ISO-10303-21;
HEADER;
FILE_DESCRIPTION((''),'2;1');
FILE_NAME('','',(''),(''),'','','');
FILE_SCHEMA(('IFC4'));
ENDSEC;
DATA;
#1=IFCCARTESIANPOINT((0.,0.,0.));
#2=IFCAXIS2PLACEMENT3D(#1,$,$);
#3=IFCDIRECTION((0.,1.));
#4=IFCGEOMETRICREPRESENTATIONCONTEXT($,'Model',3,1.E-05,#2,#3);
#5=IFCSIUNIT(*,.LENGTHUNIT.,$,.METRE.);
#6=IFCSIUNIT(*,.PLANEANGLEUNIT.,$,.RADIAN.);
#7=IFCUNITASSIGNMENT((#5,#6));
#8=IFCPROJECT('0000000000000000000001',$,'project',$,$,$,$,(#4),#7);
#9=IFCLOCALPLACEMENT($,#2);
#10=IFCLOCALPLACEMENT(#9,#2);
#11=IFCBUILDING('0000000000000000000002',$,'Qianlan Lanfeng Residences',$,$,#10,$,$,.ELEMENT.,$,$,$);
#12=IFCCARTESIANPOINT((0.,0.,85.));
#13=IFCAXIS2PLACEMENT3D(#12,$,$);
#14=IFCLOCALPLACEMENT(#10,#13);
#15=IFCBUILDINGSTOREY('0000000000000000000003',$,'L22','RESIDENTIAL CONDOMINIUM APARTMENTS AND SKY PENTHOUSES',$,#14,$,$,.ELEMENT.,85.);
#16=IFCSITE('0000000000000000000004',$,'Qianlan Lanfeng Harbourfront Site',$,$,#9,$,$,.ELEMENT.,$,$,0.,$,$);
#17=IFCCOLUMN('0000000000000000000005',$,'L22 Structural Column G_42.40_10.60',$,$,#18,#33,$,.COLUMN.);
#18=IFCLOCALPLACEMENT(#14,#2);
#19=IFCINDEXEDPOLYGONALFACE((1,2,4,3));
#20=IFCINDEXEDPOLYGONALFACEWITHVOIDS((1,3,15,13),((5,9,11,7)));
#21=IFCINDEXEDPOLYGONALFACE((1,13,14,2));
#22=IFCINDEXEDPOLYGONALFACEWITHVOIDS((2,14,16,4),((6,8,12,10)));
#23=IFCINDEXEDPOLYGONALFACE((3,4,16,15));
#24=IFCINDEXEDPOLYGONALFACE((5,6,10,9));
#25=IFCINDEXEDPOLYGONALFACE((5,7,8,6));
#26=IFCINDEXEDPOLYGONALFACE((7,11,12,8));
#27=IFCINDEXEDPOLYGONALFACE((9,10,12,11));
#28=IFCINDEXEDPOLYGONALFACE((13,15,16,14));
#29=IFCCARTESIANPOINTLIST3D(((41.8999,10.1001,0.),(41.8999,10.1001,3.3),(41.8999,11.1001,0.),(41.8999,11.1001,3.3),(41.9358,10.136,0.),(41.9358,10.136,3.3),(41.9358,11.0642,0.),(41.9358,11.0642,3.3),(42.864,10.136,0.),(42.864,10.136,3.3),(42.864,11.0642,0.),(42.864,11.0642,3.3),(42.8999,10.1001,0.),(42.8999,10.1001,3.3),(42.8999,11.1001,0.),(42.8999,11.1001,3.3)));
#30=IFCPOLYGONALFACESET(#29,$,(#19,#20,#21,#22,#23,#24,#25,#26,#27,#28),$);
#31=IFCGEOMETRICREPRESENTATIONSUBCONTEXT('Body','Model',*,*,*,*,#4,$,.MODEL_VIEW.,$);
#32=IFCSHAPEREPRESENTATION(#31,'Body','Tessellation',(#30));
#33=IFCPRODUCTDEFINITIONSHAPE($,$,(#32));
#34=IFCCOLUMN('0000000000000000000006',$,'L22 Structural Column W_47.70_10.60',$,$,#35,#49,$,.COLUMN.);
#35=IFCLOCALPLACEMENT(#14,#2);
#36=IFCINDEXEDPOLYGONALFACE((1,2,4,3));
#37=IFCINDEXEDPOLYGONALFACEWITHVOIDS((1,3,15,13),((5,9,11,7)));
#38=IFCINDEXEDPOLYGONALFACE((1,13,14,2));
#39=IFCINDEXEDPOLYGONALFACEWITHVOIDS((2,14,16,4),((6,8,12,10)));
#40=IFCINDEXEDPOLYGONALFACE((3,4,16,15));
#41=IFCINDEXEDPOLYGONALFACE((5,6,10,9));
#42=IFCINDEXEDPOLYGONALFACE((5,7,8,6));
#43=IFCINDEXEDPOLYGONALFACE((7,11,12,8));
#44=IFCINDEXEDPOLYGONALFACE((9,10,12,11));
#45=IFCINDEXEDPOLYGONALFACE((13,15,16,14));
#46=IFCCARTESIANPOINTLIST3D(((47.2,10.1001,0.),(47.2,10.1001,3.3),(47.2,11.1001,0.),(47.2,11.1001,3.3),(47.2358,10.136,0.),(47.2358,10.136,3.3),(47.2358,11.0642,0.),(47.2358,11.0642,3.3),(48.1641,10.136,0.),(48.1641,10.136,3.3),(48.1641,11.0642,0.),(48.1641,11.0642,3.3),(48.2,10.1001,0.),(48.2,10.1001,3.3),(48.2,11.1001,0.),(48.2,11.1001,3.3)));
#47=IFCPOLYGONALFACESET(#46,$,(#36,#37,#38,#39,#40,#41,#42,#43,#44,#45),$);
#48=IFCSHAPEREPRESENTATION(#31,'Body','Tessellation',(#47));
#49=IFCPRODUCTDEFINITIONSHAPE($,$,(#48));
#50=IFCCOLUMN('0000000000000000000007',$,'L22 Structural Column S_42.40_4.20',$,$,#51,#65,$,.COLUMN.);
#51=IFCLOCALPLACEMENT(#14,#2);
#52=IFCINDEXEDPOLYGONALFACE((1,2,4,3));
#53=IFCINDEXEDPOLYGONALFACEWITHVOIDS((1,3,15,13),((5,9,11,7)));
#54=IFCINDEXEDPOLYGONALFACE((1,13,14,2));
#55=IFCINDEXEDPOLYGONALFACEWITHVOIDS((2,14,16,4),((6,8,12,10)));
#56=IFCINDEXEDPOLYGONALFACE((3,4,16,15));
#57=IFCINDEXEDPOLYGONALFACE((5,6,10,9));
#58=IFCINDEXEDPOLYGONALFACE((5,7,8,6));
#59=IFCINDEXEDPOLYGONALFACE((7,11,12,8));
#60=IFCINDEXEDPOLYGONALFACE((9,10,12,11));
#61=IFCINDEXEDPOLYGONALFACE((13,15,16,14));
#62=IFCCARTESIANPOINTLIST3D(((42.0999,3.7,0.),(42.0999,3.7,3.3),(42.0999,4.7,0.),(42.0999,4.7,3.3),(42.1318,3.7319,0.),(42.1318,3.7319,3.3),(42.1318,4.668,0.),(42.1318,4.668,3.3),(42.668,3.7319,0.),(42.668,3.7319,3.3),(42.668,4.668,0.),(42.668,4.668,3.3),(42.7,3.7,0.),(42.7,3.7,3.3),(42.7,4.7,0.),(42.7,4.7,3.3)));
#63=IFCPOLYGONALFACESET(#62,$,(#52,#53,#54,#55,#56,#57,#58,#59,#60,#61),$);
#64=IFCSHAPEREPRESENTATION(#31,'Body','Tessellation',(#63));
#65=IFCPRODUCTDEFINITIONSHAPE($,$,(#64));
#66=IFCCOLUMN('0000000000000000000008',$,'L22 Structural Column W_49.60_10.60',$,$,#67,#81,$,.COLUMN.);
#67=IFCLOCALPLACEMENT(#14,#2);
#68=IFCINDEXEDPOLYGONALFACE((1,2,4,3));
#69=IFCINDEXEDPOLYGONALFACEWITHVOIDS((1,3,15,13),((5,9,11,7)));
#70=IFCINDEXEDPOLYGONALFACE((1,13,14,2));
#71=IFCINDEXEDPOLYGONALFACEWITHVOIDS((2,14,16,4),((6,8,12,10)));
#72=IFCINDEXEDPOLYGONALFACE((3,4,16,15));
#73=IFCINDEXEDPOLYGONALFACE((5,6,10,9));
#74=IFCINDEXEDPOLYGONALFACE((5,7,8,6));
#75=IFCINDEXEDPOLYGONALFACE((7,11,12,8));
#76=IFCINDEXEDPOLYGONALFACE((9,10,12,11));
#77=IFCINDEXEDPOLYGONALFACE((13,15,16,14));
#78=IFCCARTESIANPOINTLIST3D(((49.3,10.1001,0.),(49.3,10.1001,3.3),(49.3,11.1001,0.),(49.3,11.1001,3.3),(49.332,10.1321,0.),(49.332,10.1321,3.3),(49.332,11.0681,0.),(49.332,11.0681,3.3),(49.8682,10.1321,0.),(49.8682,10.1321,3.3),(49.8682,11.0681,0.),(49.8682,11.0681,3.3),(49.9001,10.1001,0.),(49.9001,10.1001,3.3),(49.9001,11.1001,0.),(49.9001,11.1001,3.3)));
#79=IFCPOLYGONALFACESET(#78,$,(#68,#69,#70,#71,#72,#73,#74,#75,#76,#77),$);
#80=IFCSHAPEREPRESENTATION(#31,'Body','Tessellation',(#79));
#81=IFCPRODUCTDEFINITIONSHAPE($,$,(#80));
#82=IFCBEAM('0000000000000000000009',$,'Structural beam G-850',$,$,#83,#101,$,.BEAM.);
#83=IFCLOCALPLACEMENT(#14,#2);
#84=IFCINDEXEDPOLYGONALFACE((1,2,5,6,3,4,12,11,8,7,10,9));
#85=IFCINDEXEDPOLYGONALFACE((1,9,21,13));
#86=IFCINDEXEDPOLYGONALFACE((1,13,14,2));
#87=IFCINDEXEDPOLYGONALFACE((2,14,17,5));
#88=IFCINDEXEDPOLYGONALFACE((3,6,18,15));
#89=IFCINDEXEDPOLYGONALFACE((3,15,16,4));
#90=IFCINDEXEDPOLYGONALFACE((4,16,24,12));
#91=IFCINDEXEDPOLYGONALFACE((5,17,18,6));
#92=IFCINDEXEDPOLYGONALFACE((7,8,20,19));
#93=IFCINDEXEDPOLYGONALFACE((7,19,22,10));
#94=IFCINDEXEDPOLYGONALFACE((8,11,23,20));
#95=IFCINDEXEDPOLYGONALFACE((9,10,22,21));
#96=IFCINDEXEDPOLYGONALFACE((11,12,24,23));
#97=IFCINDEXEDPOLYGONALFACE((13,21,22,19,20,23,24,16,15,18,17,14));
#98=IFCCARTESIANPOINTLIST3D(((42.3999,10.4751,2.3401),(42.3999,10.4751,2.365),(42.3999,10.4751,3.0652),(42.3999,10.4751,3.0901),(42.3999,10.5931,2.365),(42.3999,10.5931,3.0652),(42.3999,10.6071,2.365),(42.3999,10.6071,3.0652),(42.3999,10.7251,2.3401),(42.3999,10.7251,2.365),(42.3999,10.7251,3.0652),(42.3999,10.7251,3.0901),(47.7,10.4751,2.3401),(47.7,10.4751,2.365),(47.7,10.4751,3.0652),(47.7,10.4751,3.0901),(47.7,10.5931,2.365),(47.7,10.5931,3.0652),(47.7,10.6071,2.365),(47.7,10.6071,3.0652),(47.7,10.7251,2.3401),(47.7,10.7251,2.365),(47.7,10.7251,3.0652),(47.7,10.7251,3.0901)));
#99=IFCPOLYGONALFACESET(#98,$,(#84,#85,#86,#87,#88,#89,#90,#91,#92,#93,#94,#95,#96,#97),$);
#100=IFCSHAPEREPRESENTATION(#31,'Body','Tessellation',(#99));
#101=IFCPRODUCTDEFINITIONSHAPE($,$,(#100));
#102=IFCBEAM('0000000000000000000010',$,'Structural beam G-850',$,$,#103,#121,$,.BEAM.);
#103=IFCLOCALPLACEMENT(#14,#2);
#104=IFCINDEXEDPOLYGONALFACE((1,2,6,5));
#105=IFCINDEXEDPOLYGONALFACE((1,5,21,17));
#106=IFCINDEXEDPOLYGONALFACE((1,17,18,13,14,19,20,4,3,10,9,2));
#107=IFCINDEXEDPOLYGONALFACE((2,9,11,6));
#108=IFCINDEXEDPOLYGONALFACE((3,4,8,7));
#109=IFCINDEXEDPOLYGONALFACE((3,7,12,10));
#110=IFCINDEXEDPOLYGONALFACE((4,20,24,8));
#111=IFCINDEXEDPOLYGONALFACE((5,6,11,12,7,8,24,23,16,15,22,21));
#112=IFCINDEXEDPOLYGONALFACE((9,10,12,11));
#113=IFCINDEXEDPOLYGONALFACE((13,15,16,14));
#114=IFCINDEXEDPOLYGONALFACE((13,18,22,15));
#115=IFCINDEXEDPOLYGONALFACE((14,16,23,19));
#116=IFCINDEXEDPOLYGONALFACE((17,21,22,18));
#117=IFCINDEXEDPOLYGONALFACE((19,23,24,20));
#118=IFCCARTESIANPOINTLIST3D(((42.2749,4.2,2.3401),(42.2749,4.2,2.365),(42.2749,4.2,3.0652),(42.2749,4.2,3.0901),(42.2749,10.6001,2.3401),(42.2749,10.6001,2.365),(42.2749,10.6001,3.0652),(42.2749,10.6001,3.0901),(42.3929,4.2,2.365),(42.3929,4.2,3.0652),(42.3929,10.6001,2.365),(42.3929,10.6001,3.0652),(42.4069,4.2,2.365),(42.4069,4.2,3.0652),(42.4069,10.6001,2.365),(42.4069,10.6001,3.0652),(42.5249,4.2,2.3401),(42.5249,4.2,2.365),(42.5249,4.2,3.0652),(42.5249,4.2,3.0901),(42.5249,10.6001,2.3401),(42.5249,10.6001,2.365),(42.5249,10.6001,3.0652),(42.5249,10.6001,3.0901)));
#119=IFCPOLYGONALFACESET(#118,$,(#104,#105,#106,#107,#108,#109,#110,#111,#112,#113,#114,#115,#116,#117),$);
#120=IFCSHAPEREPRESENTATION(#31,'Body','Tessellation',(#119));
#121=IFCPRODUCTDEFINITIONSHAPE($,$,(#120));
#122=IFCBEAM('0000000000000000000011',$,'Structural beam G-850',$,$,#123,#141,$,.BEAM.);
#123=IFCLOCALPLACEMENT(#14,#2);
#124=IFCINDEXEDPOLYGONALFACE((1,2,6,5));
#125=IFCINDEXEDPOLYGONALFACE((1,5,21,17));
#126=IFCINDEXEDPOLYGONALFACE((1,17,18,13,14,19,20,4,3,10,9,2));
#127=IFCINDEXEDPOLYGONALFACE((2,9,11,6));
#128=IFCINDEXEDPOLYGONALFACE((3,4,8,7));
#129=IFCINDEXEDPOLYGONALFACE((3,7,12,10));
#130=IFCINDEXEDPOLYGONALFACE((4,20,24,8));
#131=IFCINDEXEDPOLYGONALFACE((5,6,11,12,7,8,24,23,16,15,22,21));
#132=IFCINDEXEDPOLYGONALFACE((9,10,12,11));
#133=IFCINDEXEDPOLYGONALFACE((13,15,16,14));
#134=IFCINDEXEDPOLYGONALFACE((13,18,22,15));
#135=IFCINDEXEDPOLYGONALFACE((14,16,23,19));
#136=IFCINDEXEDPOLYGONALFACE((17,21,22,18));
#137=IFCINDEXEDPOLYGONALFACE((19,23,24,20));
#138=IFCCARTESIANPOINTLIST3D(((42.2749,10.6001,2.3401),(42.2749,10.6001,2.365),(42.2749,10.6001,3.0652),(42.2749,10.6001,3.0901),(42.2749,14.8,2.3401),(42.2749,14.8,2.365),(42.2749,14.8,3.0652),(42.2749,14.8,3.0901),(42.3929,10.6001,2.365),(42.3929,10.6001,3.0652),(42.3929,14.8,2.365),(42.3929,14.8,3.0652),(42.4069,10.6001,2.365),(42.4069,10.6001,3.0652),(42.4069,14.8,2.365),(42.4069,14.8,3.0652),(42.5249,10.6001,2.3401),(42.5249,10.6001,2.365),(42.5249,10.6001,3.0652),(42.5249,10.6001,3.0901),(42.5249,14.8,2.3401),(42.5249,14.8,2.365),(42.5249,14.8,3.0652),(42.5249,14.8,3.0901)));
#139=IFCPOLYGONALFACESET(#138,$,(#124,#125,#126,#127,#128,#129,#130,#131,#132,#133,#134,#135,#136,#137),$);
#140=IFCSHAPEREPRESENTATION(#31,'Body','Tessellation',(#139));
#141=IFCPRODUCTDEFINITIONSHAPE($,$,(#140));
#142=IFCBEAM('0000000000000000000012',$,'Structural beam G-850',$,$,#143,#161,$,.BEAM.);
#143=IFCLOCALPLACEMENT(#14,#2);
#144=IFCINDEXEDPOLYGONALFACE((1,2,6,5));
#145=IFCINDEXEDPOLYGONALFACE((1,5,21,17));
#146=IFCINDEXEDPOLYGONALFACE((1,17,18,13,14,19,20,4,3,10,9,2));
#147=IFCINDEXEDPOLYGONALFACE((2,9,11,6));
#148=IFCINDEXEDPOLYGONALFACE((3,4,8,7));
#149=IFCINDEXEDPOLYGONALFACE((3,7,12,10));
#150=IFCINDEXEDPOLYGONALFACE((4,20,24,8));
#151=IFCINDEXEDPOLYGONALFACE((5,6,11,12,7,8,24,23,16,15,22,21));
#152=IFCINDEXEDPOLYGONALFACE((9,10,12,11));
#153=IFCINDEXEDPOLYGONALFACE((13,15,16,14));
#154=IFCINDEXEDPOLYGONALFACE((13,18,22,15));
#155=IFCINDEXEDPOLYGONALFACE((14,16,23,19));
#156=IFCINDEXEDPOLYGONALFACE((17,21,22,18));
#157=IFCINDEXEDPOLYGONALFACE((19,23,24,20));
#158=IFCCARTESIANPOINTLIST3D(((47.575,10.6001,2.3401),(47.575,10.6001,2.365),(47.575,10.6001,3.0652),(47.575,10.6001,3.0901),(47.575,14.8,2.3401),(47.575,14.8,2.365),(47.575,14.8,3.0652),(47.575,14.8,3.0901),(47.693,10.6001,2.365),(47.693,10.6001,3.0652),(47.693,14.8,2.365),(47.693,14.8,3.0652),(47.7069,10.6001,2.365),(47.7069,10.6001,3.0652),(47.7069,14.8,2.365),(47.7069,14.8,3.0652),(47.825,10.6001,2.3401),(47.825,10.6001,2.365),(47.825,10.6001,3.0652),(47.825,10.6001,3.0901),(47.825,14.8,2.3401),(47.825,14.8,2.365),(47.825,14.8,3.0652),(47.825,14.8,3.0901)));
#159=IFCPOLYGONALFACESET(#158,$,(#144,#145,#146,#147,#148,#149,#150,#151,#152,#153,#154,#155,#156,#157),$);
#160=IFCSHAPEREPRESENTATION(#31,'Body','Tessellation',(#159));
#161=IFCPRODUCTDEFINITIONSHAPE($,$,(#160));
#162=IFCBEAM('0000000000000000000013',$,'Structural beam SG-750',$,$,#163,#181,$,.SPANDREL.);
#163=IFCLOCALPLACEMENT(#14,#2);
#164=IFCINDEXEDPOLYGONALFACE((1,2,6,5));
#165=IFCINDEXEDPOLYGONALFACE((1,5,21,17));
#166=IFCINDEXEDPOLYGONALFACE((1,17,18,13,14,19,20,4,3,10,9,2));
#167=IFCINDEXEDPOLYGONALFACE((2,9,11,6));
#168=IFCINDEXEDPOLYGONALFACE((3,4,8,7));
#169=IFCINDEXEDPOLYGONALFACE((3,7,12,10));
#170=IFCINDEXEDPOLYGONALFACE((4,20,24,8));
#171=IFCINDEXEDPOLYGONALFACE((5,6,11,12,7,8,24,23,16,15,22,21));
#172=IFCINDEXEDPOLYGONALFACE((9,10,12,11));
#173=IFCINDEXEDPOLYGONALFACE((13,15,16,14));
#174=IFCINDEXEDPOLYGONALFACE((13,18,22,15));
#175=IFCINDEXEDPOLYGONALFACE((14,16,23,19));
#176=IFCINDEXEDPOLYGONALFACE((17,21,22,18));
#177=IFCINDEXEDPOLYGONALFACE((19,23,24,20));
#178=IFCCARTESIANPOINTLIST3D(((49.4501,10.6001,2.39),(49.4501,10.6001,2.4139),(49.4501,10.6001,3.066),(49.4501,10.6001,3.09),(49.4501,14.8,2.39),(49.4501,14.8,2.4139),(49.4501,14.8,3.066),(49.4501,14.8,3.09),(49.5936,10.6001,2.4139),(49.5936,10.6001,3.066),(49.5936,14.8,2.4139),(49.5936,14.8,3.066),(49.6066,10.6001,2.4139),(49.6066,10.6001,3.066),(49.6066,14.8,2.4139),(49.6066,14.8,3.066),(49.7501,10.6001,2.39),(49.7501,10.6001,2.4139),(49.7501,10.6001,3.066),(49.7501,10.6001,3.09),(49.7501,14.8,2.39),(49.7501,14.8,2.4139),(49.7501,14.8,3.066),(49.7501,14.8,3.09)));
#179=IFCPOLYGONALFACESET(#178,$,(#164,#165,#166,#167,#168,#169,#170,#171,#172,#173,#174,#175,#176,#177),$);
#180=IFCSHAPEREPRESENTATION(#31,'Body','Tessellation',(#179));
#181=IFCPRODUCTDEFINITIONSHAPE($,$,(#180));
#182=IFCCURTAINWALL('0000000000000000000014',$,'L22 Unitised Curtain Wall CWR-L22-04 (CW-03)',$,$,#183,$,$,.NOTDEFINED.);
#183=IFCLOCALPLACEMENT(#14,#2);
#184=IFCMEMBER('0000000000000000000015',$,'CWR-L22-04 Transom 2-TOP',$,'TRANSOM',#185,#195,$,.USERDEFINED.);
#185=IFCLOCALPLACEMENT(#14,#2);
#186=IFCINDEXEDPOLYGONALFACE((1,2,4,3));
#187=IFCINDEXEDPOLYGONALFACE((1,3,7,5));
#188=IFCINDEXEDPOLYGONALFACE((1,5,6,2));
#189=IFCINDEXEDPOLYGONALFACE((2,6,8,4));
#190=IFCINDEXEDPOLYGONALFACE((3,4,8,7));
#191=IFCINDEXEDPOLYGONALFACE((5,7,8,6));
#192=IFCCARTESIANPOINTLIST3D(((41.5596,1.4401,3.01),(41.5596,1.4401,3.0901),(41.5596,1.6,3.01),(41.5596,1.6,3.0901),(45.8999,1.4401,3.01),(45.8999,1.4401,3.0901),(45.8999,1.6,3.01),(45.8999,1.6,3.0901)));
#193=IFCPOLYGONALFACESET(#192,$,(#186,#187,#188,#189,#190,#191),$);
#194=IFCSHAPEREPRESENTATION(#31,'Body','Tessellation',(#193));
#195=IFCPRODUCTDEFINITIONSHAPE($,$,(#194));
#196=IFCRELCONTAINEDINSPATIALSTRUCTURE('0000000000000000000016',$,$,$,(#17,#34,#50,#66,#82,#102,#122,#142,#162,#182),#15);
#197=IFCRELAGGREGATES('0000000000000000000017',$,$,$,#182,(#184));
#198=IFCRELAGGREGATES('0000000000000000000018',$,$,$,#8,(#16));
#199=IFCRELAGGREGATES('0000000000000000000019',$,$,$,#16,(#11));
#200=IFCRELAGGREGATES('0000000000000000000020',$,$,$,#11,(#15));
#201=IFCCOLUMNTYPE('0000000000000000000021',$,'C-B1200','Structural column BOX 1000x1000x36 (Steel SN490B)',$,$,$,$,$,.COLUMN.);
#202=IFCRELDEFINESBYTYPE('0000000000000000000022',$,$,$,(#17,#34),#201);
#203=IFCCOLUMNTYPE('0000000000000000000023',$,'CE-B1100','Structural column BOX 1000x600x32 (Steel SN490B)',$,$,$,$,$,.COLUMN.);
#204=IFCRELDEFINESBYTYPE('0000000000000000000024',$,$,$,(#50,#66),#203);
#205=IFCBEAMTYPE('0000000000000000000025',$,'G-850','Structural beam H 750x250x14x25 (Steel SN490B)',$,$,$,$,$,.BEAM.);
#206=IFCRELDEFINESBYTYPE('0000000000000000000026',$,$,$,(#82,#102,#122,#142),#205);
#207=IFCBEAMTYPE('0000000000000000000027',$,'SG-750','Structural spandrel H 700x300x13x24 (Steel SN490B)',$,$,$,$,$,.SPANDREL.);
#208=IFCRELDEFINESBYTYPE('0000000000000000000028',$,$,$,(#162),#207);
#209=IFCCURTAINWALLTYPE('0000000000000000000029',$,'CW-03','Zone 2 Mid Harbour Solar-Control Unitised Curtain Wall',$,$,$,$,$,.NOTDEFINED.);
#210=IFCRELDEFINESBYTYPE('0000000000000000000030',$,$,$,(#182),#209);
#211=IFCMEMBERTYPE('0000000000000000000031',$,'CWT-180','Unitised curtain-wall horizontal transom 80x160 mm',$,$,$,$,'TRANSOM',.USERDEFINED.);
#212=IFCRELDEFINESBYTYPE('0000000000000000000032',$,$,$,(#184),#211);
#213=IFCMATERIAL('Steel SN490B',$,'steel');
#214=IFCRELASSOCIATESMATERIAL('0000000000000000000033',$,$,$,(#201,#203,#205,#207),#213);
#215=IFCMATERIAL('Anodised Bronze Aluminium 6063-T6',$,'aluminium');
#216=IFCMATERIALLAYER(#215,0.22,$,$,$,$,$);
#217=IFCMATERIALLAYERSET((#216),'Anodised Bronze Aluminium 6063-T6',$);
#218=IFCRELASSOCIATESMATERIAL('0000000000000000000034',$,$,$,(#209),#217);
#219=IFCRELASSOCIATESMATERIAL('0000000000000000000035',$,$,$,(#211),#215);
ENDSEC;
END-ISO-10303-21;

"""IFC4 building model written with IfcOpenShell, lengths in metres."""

from ifc_helpers import new_model, si_unit, direction, frame, origin, origin_2d, place, context, subcontext, project, spatial, rectangle, hollow_rectangle, i_section, extrude, source, transform, mapped, material, layer, layer_set, material_profile, profile_set, type_object, element, aggregate, save


model = new_model("IFC4")

# Units and contexts
model_context = context("Model", 3, precision=1e-05, world=origin(), true_north=direction((0.0, 1.0)))
body_context = subcontext(model_context, "Body", "Model", "MODEL_VIEW")
ifc_project = project(units=[si_unit("LENGTHUNIT", "METRE"), si_unit("PLANEANGLEUNIT", "RADIAN")], contexts=[model_context])

# Site, building, storey
site_placement = place(None, origin())
site = spatial("IfcSite", under=ifc_project, at=site_placement, Name="Qianlan Lanfeng Harbourfront Site", CompositionType="ELEMENT", RefElevation=0.0)
building_placement = place(site_placement, origin())
building = spatial("IfcBuilding", under=site, at=building_placement, Name="Qianlan Lanfeng Residences", CompositionType="ELEMENT")
storey_placement = place(building_placement, frame((0.0, 0.0, 85.0)))
storey = spatial("IfcBuildingStorey", under=building, at=storey_placement, Name="L22", Description="RESIDENTIAL CONDOMINIUM APARTMENTS AND SKY PENTHOUSES", CompositionType="ELEMENT", Elevation=85.0)

# Columns
ifc_material_1 = material(Name="Steel SN490B", Category="steel")
ifc_material_profile_1 = material_profile(ifc_material_1, hollow_rectangle(XDim=1.0, YDim=1.0, WallThickness=0.0359, at=origin_2d()), Name="BOX 1000x1000x36")
ifc_profile_set_1 = profile_set([ifc_material_profile_1], Name="Steel SN490B")
column_type_1 = type_object("IfcColumnType", Name="C-B1200", Description="Structural column BOX 1000x1000x36 (Steel SN490B)", PredefinedType="COLUMN", material=ifc_profile_set_1)
for number, where, z_axis, x_axis, name in (
    (1, (42.3999, 10.6001, 0.0), (0.0, 0.0, 1.0), (1.0, 0.0, 0.0), "L22 Structural Column G_42.40_10.60"),
    (2, (47.7, 10.6001, 0.0), (0.0, 0.0, 1.0), (1.0, 0.0, 0.0), "L22 Structural Column W_47.70_10.60"),
):
    element("IfcColumn", number, at=place(storey_placement, frame(where, z_axis=z_axis, x_axis=x_axis)), inside=storey, type_object=column_type_1, Name=name, PredefinedType="COLUMN", context=body_context, shape_type="SweptSolid", body=[
        extrude(hollow_rectangle(XDim=1.0, YDim=1.0, WallThickness=0.0359, at=origin_2d()), origin(), (0.0, 0.0, 1.0), 3.3),
    ])
ifc_material_profile_2 = material_profile(ifc_material_1, hollow_rectangle(XDim=0.6001, YDim=1.0, WallThickness=0.032, at=origin_2d()), Name="BOX 1000x600x32")
ifc_profile_set_2 = profile_set([ifc_material_profile_2], Name="Steel SN490B")
column_type_2 = type_object("IfcColumnType", Name="CE-B1100", Description="Structural column BOX 1000x600x32 (Steel SN490B)", PredefinedType="COLUMN", material=ifc_profile_set_2)
for number, where, z_axis, x_axis, name in (
    (3, (42.3999, 4.2, 0.0), (0.0, 0.0, 1.0), (1.0, 0.0, 0.0), "L22 Structural Column S_42.40_4.20"),
    (4, (49.6001, 10.6001, 0.0), (0.0, 0.0, 1.0), (1.0, 0.0, 0.0), "L22 Structural Column W_49.60_10.60"),
):
    element("IfcColumn", number, at=place(storey_placement, frame(where, z_axis=z_axis, x_axis=x_axis)), inside=storey, type_object=column_type_2, Name=name, PredefinedType="COLUMN", context=body_context, shape_type="SweptSolid", body=[
        extrude(hollow_rectangle(XDim=0.6001, YDim=1.0, WallThickness=0.032, at=origin_2d()), origin(), (0.0, 0.0, 1.0), 3.3),
    ])

# Beams
ifc_material_profile_3 = material_profile(ifc_material_1, i_section(OverallWidth=0.25, OverallDepth=0.75, WebThickness=0.0139, FlangeThickness=0.0249, at=origin_2d()), Name="H 750x250x14x25")
ifc_profile_set_3 = profile_set([ifc_material_profile_3], Name="Steel SN490B")
beam_type_1 = type_object("IfcBeamType", Name="G-850", Description="Structural beam H 750x250x14x25 (Steel SN490B)", PredefinedType="BEAM", material=ifc_profile_set_3)
beam_1_placement = place(storey_placement, frame((42.3999, 10.6001, 2.7151), z_axis=(1.0, 0.0, 0.0), x_axis=(0.0, 1.0, 0.0)))
element("IfcBeam", 5, at=beam_1_placement, inside=storey, type_object=beam_type_1, Name="Structural beam G-850", PredefinedType="BEAM", context=body_context, shape_type="SweptSolid", body=[
    extrude(i_section(OverallWidth=0.25, OverallDepth=0.75, WebThickness=0.0139, FlangeThickness=0.0249, at=origin_2d()), origin(), (0.0, 0.0, 1.0), 5.3),
])
beam_2_placement = place(storey_placement, frame((42.3999, 4.2, 2.7151), z_axis=(0.0, 1.0, 0.0), x_axis=(-1.0, 0.0, 0.0)))
element("IfcBeam", 6, at=beam_2_placement, inside=storey, type_object=beam_type_1, Name="Structural beam G-850", PredefinedType="BEAM", context=body_context, shape_type="SweptSolid", body=[
    extrude(i_section(OverallWidth=0.25, OverallDepth=0.75, WebThickness=0.0139, FlangeThickness=0.0249, at=origin_2d()), origin(), (0.0, 0.0, 1.0), 6.4001),
])
for number, where, z_axis, x_axis, name in (
    (7, (42.3999, 10.6001, 2.7151), (0.0, 1.0, 0.0), (-1.0, 0.0, 0.0), "Structural beam G-850"),
    (8, (47.7, 10.6001, 2.7151), (0.0, 1.0, 0.0), (-1.0, 0.0, 0.0), "Structural beam G-850"),
):
    element("IfcBeam", number, at=place(storey_placement, frame(where, z_axis=z_axis, x_axis=x_axis)), inside=storey, type_object=beam_type_1, Name=name, PredefinedType="BEAM", context=body_context, shape_type="SweptSolid", body=[
        extrude(i_section(OverallWidth=0.25, OverallDepth=0.75, WebThickness=0.0139, FlangeThickness=0.0249, at=origin_2d()), origin(), (0.0, 0.0, 1.0), 4.2),
    ])
ifc_material_profile_4 = material_profile(ifc_material_1, i_section(OverallWidth=0.3, OverallDepth=0.7, WebThickness=0.0129, FlangeThickness=0.0239, at=origin_2d()), Name="H 700x300x13x24")
ifc_profile_set_4 = profile_set([ifc_material_profile_4], Name="Steel SN490B")
beam_type_2 = type_object("IfcBeamType", Name="SG-750", Description="Structural spandrel H 700x300x13x24 (Steel SN490B)", PredefinedType="SPANDREL", material=ifc_profile_set_4)
beam_3_placement = place(storey_placement, frame((49.6001, 10.6001, 2.74), z_axis=(0.0, 1.0, 0.0), x_axis=(-1.0, 0.0, 0.0)))
element("IfcBeam", 9, at=beam_3_placement, inside=storey, type_object=beam_type_2, Name="Structural beam SG-750", PredefinedType="SPANDREL", context=body_context, shape_type="SweptSolid", body=[
    extrude(i_section(OverallWidth=0.3, OverallDepth=0.7, WebThickness=0.0129, FlangeThickness=0.0239, at=origin_2d()), origin(), (0.0, 0.0, 1.0), 4.2),
])

# Curtain wall, member
ifc_material_2 = material(Name="Anodised Bronze Aluminium 6063-T6", Category="aluminium")
ifc_layer_1 = layer(ifc_material_2, 0.22)
ifc_layer_set_1 = layer_set([ifc_layer_1], Name="Anodised Bronze Aluminium 6063-T6")
curtain_wall_type = type_object("IfcCurtainWallType", Name="CW-03", Description="Zone 2 Mid Harbour Solar-Control Unitised Curtain Wall", PredefinedType="NOTDEFINED", material=ifc_layer_set_1)
curtain_wall_1_placement = place(storey_placement, origin())
curtain_wall_1 = element("IfcCurtainWall", 10, at=curtain_wall_1_placement, inside=storey, type_object=curtain_wall_type, Name="L22 Unitised Curtain Wall CWR-L22-04 (CW-03)", PredefinedType="NOTDEFINED")
ifc_material_profile_5 = material_profile(ifc_material_2, rectangle(XDim=0.0801, YDim=0.1599, at=origin_2d()), Name="ALU TRANSOM 80x160")
ifc_profile_set_5 = profile_set([ifc_material_profile_5], Name="Anodised Bronze Aluminium 6063-T6")
member_type_1 = type_object("IfcMemberType", Name="CWT-180", Description="Unitised curtain-wall horizontal transom 80x160 mm", ElementType="TRANSOM", PredefinedType="USERDEFINED", material=ifc_profile_set_5)
shared_shape_1 = source(origin(), body_context, "Body", "SweptSolid", [
    extrude(rectangle(XDim=0.0801, YDim=0.1599, at=origin_2d()), origin(), (0.0, 0.0, 1.0), 4.3403),
])
member_1_placement = place(storey_placement, frame((41.5596, 1.52, 3.05), z_axis=(1.0, 0.0, 0.0), x_axis=(0.0, 0.0, 1.0)))
member_1 = element("IfcMember", 11, at=member_1_placement, type_object=member_type_1, Name="CWR-L22-04 Transom 2-TOP", ObjectType="TRANSOM", PredefinedType="USERDEFINED", context=body_context, shape_type="MappedRepresentation", body=[
    mapped(shared_shape_1, transform((0.0, 0.0, 0.0), scale=1.0)),
])

aggregate(curtain_wall_1, [member_1])

save(model, "model.ifc")
